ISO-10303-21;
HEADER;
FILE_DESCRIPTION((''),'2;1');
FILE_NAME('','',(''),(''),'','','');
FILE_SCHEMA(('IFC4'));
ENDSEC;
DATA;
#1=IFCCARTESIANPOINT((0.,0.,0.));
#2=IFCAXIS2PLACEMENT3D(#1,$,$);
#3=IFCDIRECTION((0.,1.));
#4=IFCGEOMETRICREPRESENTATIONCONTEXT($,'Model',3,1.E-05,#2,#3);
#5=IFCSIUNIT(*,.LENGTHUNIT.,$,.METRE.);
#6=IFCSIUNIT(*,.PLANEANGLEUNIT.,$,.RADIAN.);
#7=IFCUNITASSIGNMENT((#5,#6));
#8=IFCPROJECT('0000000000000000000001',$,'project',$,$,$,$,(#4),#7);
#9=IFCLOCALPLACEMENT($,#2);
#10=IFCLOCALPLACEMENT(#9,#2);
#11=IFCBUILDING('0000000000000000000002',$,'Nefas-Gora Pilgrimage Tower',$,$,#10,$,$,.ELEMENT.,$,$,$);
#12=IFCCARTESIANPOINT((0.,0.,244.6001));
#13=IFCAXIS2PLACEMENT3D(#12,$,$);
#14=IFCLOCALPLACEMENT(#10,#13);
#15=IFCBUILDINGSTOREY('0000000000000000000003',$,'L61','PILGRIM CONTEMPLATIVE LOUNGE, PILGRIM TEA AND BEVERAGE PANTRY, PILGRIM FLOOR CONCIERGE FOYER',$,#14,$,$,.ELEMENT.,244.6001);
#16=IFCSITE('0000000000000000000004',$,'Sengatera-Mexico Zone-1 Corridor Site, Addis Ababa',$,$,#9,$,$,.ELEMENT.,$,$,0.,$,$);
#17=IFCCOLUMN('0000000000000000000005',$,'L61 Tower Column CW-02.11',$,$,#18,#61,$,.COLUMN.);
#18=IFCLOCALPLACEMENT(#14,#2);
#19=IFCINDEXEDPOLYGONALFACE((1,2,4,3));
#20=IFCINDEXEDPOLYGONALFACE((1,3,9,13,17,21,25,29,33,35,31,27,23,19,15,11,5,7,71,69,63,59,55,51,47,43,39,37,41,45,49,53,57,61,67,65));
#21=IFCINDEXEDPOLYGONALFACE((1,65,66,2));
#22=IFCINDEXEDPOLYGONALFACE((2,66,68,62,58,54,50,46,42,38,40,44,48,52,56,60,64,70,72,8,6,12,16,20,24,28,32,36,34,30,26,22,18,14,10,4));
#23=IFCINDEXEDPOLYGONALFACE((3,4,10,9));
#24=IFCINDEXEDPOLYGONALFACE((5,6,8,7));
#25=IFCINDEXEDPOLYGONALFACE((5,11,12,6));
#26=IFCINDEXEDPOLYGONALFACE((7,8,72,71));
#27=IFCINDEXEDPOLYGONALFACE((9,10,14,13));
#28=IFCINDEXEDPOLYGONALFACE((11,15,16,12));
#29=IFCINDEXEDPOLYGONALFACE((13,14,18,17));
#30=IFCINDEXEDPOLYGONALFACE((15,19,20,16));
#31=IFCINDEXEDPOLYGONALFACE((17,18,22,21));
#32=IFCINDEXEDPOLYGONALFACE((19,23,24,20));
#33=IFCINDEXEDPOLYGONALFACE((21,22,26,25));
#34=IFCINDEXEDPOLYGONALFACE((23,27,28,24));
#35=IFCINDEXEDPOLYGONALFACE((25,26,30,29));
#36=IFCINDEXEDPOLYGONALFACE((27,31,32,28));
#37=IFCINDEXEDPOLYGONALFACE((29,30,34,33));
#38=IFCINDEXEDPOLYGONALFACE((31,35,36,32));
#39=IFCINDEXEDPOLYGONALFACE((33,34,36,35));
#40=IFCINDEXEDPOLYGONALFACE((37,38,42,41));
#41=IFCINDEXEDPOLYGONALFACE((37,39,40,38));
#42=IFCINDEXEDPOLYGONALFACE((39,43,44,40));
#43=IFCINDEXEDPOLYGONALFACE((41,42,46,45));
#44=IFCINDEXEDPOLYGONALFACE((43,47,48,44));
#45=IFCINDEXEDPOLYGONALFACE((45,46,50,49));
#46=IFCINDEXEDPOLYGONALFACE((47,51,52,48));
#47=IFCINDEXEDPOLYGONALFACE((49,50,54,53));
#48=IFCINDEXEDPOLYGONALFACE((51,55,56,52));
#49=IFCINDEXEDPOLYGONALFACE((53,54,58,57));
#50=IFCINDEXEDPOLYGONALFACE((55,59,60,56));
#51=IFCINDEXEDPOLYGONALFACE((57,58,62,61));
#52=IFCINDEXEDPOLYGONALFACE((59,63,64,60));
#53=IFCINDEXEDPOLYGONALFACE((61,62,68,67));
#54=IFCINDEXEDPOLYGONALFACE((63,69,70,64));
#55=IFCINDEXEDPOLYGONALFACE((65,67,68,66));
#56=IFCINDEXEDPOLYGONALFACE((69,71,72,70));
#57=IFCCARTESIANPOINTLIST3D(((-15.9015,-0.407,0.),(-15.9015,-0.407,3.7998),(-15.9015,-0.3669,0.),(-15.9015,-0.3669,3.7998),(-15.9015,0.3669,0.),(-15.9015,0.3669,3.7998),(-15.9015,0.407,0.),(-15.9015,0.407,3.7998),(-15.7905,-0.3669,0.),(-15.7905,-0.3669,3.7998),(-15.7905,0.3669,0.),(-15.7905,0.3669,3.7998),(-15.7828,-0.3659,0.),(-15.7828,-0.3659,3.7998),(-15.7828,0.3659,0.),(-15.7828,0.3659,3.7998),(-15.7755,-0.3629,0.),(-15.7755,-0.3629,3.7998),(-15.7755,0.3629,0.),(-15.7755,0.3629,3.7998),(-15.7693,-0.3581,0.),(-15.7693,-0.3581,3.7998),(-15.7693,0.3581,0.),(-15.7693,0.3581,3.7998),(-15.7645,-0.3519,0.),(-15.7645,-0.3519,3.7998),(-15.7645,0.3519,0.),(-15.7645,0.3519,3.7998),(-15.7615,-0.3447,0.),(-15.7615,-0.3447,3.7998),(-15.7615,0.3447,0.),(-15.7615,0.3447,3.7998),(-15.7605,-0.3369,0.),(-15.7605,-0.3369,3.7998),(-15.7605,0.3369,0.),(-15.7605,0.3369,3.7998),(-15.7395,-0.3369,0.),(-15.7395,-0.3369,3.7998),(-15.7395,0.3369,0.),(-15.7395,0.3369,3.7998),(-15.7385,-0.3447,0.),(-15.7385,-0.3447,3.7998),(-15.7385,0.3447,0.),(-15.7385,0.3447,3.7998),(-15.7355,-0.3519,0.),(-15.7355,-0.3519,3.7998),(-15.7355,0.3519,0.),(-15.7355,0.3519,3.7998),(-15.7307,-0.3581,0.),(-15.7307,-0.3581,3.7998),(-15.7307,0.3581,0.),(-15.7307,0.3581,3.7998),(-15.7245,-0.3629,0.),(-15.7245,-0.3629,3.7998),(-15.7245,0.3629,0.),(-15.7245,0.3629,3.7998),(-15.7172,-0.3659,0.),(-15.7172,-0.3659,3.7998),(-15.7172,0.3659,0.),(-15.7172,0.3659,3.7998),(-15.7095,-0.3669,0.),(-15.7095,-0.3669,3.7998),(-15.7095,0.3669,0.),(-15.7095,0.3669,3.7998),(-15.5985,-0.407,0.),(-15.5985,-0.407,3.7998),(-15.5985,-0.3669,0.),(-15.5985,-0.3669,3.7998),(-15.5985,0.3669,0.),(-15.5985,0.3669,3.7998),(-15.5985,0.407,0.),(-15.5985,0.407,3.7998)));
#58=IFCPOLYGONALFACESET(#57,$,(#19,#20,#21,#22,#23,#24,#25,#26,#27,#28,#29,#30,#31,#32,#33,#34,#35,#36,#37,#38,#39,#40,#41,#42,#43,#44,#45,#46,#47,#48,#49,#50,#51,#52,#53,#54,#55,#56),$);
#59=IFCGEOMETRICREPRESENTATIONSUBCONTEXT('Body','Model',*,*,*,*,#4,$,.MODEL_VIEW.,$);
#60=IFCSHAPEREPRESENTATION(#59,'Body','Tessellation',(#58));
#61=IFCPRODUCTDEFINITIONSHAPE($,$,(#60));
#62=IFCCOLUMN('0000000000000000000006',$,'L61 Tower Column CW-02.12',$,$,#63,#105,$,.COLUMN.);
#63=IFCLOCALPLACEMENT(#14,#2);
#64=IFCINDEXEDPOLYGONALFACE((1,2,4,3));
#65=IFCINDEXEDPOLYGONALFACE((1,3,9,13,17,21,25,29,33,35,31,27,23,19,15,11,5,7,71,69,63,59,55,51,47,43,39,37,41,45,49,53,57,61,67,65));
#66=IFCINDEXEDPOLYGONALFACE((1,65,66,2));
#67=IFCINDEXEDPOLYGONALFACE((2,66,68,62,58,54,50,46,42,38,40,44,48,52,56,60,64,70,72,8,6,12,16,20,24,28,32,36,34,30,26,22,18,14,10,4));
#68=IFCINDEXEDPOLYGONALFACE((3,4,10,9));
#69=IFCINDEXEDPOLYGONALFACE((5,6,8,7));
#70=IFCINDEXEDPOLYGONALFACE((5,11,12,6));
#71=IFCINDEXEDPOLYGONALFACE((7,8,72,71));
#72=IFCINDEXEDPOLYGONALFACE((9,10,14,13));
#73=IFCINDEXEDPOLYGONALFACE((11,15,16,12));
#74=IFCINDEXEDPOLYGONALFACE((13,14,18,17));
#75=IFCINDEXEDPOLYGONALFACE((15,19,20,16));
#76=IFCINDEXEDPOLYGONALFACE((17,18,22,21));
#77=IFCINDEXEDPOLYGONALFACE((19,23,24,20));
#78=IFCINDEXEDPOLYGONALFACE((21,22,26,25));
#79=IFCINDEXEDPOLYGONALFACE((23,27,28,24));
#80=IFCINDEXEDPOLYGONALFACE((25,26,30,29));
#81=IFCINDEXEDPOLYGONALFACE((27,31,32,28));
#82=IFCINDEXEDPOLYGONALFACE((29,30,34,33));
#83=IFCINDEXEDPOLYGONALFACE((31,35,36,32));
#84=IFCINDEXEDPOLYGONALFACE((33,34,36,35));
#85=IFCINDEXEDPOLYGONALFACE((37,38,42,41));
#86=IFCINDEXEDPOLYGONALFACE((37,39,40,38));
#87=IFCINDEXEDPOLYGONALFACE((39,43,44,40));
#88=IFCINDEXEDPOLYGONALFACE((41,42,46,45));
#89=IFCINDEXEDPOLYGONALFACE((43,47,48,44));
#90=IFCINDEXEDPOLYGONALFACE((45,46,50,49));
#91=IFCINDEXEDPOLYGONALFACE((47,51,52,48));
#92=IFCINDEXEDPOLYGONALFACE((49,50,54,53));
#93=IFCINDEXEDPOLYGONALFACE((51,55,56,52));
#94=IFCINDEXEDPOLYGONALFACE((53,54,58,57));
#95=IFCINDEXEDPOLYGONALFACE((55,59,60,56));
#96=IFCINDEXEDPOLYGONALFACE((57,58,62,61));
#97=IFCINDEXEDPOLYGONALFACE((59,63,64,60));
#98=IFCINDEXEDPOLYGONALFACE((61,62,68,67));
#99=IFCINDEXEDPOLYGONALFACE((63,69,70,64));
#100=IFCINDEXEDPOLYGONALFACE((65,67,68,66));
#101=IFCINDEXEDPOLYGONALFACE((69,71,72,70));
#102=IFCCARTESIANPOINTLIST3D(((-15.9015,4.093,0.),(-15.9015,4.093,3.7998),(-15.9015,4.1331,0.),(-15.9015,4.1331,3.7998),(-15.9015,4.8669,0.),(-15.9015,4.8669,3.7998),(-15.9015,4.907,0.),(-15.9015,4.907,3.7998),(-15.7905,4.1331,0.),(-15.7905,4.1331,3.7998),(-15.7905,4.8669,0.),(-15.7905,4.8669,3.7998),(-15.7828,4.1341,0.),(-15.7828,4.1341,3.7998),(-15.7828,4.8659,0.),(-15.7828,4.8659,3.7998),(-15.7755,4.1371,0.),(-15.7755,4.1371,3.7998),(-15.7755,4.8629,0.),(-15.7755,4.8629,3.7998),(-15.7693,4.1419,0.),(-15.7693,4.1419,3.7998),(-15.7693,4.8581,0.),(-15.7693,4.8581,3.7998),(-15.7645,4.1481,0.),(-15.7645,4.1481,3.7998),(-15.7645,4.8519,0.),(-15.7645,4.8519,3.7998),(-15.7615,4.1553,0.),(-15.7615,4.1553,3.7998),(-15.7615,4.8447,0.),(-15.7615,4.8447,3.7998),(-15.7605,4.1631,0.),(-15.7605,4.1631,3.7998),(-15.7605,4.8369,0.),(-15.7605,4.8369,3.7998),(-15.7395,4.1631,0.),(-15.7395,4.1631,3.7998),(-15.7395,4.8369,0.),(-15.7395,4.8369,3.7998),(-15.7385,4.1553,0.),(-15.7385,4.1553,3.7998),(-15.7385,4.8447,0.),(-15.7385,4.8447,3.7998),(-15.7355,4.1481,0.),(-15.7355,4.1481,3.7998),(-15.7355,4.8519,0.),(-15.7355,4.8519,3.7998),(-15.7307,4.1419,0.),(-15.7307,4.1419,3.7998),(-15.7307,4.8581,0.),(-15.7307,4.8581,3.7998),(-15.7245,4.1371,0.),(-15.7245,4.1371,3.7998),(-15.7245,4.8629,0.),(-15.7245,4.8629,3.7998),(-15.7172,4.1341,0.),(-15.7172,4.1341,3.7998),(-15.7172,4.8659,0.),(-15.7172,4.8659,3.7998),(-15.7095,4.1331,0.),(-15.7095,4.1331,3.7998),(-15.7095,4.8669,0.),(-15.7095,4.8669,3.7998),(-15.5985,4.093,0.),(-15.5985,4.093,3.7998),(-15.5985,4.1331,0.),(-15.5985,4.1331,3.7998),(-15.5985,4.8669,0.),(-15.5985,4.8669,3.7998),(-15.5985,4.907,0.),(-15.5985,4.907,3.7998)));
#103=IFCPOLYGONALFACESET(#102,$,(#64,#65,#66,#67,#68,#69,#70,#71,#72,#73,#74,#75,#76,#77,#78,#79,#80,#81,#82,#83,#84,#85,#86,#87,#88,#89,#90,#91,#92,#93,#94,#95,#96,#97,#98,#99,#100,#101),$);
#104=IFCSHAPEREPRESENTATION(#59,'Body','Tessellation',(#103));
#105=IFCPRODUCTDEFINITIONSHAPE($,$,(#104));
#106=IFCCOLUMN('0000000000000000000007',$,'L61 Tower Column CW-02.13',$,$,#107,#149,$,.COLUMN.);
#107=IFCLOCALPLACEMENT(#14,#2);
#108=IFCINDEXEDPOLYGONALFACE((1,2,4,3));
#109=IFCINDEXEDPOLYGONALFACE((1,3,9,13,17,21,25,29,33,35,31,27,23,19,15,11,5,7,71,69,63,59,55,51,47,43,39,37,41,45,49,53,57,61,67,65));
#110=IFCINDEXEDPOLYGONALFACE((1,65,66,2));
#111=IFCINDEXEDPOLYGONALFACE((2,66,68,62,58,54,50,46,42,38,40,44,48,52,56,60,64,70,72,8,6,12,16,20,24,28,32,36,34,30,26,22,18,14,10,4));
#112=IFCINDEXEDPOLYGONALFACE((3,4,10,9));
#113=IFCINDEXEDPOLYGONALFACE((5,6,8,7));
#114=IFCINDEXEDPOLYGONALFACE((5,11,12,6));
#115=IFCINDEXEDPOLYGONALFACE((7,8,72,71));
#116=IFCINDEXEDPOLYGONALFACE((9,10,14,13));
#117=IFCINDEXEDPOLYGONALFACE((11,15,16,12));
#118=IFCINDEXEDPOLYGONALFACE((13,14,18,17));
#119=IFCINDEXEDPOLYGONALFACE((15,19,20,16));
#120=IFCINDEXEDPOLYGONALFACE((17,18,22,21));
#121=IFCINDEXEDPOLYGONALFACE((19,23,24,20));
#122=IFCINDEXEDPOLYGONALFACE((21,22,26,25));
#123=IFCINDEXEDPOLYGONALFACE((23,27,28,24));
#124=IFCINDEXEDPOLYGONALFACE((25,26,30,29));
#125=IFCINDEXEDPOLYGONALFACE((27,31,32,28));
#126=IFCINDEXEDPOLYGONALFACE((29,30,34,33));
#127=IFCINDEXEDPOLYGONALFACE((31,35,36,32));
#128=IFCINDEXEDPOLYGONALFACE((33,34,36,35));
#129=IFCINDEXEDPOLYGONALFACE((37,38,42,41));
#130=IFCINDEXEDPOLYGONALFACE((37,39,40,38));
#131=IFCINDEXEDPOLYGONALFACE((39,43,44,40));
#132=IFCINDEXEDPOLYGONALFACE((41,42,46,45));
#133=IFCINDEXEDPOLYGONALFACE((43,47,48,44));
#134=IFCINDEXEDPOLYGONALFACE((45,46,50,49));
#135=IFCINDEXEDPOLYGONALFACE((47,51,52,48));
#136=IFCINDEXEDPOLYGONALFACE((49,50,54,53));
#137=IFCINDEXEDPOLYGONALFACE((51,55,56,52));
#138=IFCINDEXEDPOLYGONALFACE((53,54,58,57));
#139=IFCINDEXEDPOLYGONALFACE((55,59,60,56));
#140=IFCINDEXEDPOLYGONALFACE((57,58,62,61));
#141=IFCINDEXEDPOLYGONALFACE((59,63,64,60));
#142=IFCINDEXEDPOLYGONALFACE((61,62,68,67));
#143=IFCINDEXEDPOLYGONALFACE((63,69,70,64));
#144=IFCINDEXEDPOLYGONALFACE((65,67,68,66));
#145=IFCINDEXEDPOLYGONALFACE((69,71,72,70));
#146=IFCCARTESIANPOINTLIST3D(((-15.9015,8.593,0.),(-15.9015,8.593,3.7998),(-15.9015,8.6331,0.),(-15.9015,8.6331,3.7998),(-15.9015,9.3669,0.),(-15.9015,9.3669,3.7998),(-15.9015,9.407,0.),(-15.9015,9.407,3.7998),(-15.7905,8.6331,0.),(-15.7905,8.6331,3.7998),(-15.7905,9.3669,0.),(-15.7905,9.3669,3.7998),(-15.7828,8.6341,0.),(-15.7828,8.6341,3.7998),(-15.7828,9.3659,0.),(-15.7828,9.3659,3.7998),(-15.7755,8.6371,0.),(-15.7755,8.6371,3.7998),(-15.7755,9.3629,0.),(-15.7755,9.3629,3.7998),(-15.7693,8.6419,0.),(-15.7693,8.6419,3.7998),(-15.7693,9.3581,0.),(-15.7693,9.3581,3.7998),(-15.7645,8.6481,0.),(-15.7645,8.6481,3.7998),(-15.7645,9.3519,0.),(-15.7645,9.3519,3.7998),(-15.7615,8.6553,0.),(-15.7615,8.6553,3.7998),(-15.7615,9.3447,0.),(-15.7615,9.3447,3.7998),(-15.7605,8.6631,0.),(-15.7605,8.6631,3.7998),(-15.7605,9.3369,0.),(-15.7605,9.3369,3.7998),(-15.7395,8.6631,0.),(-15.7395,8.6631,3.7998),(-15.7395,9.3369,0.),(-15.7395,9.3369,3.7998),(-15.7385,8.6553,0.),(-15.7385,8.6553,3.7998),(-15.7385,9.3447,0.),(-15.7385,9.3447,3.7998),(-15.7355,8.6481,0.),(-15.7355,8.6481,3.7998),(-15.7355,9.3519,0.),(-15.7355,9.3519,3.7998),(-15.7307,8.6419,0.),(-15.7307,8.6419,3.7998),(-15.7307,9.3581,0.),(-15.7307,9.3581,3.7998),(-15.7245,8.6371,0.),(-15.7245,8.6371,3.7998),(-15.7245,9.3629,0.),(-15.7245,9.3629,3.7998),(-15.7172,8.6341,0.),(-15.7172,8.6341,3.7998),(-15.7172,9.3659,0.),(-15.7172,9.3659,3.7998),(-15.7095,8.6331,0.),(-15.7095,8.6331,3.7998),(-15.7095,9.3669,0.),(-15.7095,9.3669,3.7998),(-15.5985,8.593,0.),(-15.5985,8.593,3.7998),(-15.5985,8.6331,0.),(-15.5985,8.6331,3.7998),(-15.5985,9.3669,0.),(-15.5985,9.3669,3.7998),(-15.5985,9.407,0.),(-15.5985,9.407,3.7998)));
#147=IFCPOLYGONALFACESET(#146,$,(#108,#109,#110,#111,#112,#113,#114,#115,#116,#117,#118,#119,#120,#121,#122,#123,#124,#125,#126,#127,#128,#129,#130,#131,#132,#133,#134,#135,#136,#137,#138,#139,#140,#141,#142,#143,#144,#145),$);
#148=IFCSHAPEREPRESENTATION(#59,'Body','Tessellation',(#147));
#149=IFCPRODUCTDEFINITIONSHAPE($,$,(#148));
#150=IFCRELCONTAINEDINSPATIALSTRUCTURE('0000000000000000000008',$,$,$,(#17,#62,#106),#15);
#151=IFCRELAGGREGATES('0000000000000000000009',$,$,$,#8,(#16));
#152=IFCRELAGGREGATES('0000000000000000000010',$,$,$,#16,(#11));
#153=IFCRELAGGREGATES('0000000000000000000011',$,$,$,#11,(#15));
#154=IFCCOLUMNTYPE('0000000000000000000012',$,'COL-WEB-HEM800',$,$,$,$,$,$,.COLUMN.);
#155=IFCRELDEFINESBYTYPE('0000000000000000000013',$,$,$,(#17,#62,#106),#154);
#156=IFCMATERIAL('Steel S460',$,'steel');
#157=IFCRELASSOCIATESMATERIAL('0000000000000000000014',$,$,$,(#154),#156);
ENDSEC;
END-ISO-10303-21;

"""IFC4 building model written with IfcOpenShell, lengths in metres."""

from ifc_helpers import new_model, si_unit, direction, frame, origin, origin_2d, place, context, subcontext, project, spatial, i_section, extrude, source, transform, mapped, material, material_profile, profile_set, type_object, element, save


model = new_model("IFC4")

# Units and contexts
model_context = context("Model", 3, precision=1e-05, world=origin(), true_north=direction((0.0, 1.0)))
body_context = subcontext(model_context, "Body", "Model", "MODEL_VIEW")
ifc_project = project(units=[si_unit("LENGTHUNIT", "METRE"), si_unit("PLANEANGLEUNIT", "RADIAN")], contexts=[model_context])

# Site, building, storey
site_placement = place(None, origin())
site = spatial("IfcSite", under=ifc_project, at=site_placement, Name="Sengatera-Mexico Zone-1 Corridor Site, Addis Ababa", CompositionType="ELEMENT", RefElevation=0.0)
building_placement = place(site_placement, origin())
building = spatial("IfcBuilding", under=site, at=building_placement, Name="Nefas-Gora Pilgrimage Tower", CompositionType="ELEMENT")
storey_placement = place(building_placement, frame((0.0, 0.0, 244.6001)))
storey = spatial("IfcBuildingStorey", under=building, at=storey_placement, Name="L61", Description="PILGRIM CONTEMPLATIVE LOUNGE, PILGRIM TEA AND BEVERAGE PANTRY, PILGRIM FLOOR CONCIERGE FOYER", CompositionType="ELEMENT", Elevation=244.6001)

# Columns
ifc_material_1 = material(Name="Steel S460", Category="steel")
ifc_material_profile_1 = material_profile(ifc_material_1, i_section(OverallWidth=0.303, OverallDepth=0.814, WebThickness=0.021, FlangeThickness=0.04, FilletRadius=0.03, at=origin_2d()), Name="HEM 800")
ifc_profile_set_1 = profile_set([ifc_material_profile_1], Name="Steel S460")
column_type_1 = type_object("IfcColumnType", Name="COL-WEB-HEM800", PredefinedType="COLUMN", material=ifc_profile_set_1)
shared_shape_1 = source(origin(), body_context, "Body", "SweptSolid", [
    extrude(i_section(OverallWidth=0.303, OverallDepth=0.814, WebThickness=0.021, FlangeThickness=0.04, FilletRadius=0.03, at=origin_2d()), origin(), (0.0, 0.0, 1.0), 3.7998),
])
for number, where, z_axis, x_axis, name in (
    (1, (-15.75, 0.0, 0.0), (0.0, 0.0, 1.0), (1.0, 0.0, 0.0), "L61 Tower Column CW-02.11"),
    (2, (-15.75, 4.5, 0.0), (0.0, 0.0, 1.0), (1.0, 0.0, 0.0), "L61 Tower Column CW-02.12"),
    (3, (-15.75, 9.0, 0.0), (0.0, 0.0, 1.0), (1.0, 0.0, 0.0), "L61 Tower Column CW-02.13"),
):
    element("IfcColumn", number, at=place(storey_placement, frame(where, z_axis=z_axis, x_axis=x_axis)), inside=storey, type_object=column_type_1, Name=name, PredefinedType="COLUMN", context=body_context, shape_type="MappedRepresentation", body=[
        mapped(shared_shape_1, transform((0.0, 0.0, 0.0), x_axis=(1.0, 0.0, 0.0), y_axis=(0.0, 1.0, 0.0), z_axis=(0.0, 0.0, 1.0), scale=1.0)),
    ])

save(model, "model.ifc")
